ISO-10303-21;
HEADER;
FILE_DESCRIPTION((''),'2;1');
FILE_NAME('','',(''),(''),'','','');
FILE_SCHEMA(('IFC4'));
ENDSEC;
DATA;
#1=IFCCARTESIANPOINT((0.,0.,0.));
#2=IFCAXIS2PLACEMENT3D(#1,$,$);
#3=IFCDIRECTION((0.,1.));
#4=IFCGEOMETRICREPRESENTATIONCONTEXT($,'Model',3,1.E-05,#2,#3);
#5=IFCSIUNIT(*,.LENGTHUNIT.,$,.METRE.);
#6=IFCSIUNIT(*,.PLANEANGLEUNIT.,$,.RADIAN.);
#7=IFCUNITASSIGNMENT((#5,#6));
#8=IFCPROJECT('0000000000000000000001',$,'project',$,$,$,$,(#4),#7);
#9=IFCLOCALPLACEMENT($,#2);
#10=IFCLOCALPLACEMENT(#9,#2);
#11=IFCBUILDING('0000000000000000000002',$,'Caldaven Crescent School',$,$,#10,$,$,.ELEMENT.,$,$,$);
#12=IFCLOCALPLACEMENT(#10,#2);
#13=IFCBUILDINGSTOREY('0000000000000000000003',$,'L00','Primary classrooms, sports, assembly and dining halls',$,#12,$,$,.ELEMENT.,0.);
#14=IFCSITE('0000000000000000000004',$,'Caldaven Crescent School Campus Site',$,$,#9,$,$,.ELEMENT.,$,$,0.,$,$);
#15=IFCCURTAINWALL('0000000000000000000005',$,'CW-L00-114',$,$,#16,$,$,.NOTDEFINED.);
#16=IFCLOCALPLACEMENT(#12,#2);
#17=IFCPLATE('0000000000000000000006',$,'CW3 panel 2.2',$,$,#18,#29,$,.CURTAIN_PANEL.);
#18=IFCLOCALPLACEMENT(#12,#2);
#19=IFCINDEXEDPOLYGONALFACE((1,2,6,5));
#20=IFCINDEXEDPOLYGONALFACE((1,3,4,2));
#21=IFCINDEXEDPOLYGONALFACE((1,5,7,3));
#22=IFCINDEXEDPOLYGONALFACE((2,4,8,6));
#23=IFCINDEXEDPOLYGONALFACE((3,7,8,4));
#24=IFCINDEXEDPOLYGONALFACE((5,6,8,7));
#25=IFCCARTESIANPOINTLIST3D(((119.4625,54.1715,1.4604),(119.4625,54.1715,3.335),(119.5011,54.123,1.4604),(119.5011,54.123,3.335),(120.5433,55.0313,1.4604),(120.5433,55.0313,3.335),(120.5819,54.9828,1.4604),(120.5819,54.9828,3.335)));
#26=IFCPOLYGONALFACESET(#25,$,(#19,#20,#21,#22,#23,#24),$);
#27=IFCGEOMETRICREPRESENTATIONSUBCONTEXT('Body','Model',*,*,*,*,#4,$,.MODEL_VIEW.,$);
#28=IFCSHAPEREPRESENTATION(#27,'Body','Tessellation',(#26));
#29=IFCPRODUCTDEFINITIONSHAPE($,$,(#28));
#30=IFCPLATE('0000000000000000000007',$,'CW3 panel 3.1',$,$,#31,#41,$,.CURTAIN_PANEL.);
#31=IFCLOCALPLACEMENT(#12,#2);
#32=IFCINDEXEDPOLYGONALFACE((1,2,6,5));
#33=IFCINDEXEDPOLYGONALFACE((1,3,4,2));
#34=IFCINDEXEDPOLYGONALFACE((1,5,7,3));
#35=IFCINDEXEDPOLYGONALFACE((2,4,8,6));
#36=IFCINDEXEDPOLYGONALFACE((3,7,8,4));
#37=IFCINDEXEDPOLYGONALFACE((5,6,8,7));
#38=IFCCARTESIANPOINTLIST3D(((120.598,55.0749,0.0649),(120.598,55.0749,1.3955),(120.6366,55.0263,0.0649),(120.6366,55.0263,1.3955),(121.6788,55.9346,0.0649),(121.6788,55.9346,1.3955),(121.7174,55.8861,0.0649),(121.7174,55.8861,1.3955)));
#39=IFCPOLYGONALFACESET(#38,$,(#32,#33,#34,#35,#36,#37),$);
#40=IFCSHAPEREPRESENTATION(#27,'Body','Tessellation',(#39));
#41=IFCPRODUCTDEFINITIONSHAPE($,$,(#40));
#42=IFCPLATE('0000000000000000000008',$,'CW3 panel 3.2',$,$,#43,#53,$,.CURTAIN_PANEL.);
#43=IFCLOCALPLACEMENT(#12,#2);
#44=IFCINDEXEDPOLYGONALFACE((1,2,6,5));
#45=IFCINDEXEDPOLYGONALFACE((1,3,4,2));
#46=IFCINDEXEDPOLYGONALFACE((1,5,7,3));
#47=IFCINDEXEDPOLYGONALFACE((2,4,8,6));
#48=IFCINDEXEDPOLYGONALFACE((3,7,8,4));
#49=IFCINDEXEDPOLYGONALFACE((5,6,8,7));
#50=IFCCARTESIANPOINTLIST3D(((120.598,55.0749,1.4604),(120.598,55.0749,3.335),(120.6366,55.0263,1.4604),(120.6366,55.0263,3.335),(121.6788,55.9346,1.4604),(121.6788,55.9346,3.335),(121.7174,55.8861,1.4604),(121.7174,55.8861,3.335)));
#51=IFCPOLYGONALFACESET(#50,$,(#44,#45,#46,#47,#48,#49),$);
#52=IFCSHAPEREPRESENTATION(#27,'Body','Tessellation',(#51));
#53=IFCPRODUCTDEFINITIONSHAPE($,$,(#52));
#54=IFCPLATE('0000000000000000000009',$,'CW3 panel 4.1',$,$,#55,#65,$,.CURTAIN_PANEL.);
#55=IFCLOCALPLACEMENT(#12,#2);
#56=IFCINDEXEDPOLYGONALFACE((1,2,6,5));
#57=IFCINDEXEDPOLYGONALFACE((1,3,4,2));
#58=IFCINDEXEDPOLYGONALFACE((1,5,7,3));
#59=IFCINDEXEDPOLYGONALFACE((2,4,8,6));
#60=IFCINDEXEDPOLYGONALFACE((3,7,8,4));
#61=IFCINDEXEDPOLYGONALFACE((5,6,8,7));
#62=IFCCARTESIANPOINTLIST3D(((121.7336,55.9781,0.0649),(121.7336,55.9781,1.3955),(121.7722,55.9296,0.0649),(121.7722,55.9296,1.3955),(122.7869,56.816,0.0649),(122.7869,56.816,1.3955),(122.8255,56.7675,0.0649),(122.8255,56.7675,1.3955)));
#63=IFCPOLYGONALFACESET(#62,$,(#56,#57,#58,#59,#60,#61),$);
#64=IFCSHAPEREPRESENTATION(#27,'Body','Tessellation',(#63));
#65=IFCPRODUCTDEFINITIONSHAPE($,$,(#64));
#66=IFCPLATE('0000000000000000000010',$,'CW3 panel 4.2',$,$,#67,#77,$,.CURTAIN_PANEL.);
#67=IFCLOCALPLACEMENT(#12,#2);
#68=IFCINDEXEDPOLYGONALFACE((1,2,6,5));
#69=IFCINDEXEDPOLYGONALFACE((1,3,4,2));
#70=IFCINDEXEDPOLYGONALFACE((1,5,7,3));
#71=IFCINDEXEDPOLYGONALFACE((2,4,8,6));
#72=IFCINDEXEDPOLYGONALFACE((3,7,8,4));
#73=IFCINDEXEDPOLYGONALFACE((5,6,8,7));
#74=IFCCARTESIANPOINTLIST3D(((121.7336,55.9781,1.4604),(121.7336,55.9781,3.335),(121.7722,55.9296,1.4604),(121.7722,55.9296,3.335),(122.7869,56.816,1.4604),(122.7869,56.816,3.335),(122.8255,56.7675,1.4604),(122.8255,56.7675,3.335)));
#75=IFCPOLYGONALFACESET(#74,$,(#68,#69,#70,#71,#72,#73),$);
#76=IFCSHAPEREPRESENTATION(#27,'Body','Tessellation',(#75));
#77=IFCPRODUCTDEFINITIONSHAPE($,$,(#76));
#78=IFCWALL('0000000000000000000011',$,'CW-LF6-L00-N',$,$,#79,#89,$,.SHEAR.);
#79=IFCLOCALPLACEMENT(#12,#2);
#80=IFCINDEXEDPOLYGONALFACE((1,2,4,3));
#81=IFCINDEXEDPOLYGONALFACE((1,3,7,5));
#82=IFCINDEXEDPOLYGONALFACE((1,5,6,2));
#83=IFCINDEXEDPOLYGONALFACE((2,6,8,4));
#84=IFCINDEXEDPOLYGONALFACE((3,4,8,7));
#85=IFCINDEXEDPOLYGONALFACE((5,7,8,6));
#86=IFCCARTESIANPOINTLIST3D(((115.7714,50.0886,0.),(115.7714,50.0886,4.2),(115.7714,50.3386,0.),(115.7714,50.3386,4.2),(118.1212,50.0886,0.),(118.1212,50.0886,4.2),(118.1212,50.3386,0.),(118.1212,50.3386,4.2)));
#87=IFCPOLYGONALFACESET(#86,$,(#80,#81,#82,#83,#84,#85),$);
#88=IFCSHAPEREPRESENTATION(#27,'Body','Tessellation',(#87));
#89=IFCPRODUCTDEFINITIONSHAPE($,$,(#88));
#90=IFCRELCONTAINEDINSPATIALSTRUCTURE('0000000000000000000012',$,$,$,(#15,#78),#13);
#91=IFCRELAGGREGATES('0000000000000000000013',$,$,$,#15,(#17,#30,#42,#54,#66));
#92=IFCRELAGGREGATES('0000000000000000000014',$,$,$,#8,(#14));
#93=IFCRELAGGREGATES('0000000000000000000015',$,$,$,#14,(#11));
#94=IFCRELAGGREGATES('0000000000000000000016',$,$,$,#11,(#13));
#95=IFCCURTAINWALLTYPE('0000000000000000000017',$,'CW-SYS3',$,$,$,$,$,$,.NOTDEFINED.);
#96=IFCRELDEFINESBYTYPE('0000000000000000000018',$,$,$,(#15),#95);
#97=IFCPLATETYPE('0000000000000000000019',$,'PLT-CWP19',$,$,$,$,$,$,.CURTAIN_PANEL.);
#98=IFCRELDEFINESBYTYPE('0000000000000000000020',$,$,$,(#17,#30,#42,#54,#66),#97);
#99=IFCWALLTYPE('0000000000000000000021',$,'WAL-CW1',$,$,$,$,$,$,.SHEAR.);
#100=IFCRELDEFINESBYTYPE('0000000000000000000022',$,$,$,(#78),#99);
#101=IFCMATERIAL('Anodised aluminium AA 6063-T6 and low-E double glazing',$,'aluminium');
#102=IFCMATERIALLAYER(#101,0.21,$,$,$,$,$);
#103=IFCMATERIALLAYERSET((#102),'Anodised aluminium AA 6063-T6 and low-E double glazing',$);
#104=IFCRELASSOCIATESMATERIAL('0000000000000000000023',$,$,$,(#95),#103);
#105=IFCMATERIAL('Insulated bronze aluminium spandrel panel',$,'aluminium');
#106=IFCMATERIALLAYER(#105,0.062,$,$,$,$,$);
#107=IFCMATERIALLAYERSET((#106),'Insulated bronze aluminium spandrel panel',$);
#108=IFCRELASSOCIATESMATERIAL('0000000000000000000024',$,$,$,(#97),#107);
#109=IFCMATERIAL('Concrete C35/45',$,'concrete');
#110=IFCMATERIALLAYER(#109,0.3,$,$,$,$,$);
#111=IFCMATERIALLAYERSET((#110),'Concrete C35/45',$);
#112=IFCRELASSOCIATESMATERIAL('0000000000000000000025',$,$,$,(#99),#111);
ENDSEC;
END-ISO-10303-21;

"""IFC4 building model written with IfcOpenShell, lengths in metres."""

from ifc_helpers import new_model, si_unit, direction, frame, frame_2d, origin, origin_2d, place, context, subcontext, project, spatial, rectangle, extrude, material, layer, layer_set, type_object, element, aggregate, save


model = new_model("IFC4")

# Units and contexts
model_context = context("Model", 3, precision=1e-05, world=origin(), true_north=direction((0.0, 1.0)))
body_context = subcontext(model_context, "Body", "Model", "MODEL_VIEW")
ifc_project = project(units=[si_unit("LENGTHUNIT", "METRE"), si_unit("PLANEANGLEUNIT", "RADIAN")], contexts=[model_context])

# Site, building, storey
site_placement = place(None, origin())
site = spatial("IfcSite", under=ifc_project, at=site_placement, Name="Caldaven Crescent School Campus Site", CompositionType="ELEMENT", RefElevation=0.0)
building_placement = place(site_placement, origin())
building = spatial("IfcBuilding", under=site, at=building_placement, Name="Caldaven Crescent School", CompositionType="ELEMENT")
storey_placement = place(building_placement, origin())
storey = spatial("IfcBuildingStorey", under=building, at=storey_placement, Name="L00", Description="Primary classrooms, sports, assembly and dining halls", CompositionType="ELEMENT", Elevation=0.0)

# Shared definitions
ifc_material_1 = material(Name="Concrete C35/45", Category="concrete")

# Curtain wall
ifc_material_2 = material(Name="Anodised aluminium AA 6063-T6 and low-E double glazing", Category="aluminium")
ifc_layer_1 = layer(ifc_material_2, 0.21)
ifc_layer_set_1 = layer_set([ifc_layer_1], Name="Anodised aluminium AA 6063-T6 and low-E double glazing")
curtain_wall_type = type_object("IfcCurtainWallType", Name="CW-SYS3", PredefinedType="NOTDEFINED", material=ifc_layer_set_1)
curtain_wall_placement = place(storey_placement, origin())
curtain_wall = element("IfcCurtainWall", 1, at=curtain_wall_placement, inside=storey, type_object=curtain_wall_type, Name="CW-L00-114", PredefinedType="NOTDEFINED")

# Plates
ifc_material_3 = material(Name="Insulated bronze aluminium spandrel panel", Category="aluminium")
ifc_layer_2 = layer(ifc_material_3, 0.062)
ifc_layer_set_2 = layer_set([ifc_layer_2], Name="Insulated bronze aluminium spandrel panel")
plate_type_1 = type_object("IfcPlateType", Name="PLT-CWP19", PredefinedType="CURTAIN_PANEL", material=ifc_layer_set_2)
plate_1_placement = place(storey_placement, frame((120.0222, 54.5771, 1.4604), z_axis=(0.0, 0.0, 1.0), x_axis=(0.782608, 0.622515, 0.0)))
plate_1 = element("IfcPlate", 2, at=plate_1_placement, type_object=plate_type_1, Name="CW3 panel 2.2", PredefinedType="CURTAIN_PANEL", context=body_context, shape_type="SweptSolid", body=[
    extrude(rectangle(XDim=1.3811, YDim=0.062, at=origin_2d()), origin(), (0.0, 0.0, 1.0), 1.8745),
])
plate_2_placement = place(storey_placement, frame((121.1577, 55.4805, 0.0649), z_axis=(0.0, 0.0, 1.0), x_axis=(0.782608, 0.622515, 0.0)))
plate_2 = element("IfcPlate", 3, at=plate_2_placement, type_object=plate_type_1, Name="CW3 panel 3.1", PredefinedType="CURTAIN_PANEL", context=body_context, shape_type="SweptSolid", body=[
    extrude(rectangle(XDim=1.3811, YDim=0.062, at=origin_2d()), origin(), (0.0, 0.0, 1.0), 1.3306),
])
plate_3_placement = place(storey_placement, frame((121.1577, 55.4805, 1.4604), z_axis=(0.0, 0.0, 1.0), x_axis=(0.782608, 0.622515, 0.0)))
plate_3 = element("IfcPlate", 4, at=plate_3_placement, type_object=plate_type_1, Name="CW3 panel 3.2", PredefinedType="CURTAIN_PANEL", context=body_context, shape_type="SweptSolid", body=[
    extrude(rectangle(XDim=1.3811, YDim=0.062, at=origin_2d()), origin(), (0.0, 0.0, 1.0), 1.8745),
])
plate_4_placement = place(storey_placement, frame((122.2795, 56.3728, 0.0649), z_axis=(0.0, 0.0, 1.0), x_axis=(0.782608, 0.622515, 0.0)))
plate_4 = element("IfcPlate", 5, at=plate_4_placement, type_object=plate_type_1, Name="CW3 panel 4.1", PredefinedType="CURTAIN_PANEL", context=body_context, shape_type="SweptSolid", body=[
    extrude(rectangle(XDim=1.3459, YDim=0.062, at=origin_2d()), origin(), (0.0, 0.0, 1.0), 1.3306),
])
plate_5_placement = place(storey_placement, frame((122.2795, 56.3728, 1.4604), z_axis=(0.0, 0.0, 1.0), x_axis=(0.782608, 0.622515, 0.0)))
plate_5 = element("IfcPlate", 6, at=plate_5_placement, type_object=plate_type_1, Name="CW3 panel 4.2", PredefinedType="CURTAIN_PANEL", context=body_context, shape_type="SweptSolid", body=[
    extrude(rectangle(XDim=1.3459, YDim=0.062, at=origin_2d()), origin(), (0.0, 0.0, 1.0), 1.8745),
])
aggregate(curtain_wall, [plate_1, plate_2, plate_3, plate_4, plate_5])

# Wall
ifc_layer_3 = layer(ifc_material_1, 0.3)
ifc_layer_set_3 = layer_set([ifc_layer_3], Name="Concrete C35/45")
wall_type = type_object("IfcWallType", Name="WAL-CW1", PredefinedType="SHEAR", material=ifc_layer_set_3)
wall_placement = place(storey_placement, frame((115.7715, 50.2136, 0.0), z_axis=(0.0, 0.0, 1.0), x_axis=(1.0, 0.0, 0.0)))
element("IfcWall", 7, at=wall_placement, inside=storey, type_object=wall_type, Name="CW-LF6-L00-N", PredefinedType="SHEAR", context=body_context, shape_type="SweptSolid", body=[
    extrude(rectangle(XDim=2.3499, YDim=0.25, at=frame_2d((1.1748, 0.0))), origin(), (0.0, 0.0, 1.0), 4.2),
])

save(model, "model.ifc")
